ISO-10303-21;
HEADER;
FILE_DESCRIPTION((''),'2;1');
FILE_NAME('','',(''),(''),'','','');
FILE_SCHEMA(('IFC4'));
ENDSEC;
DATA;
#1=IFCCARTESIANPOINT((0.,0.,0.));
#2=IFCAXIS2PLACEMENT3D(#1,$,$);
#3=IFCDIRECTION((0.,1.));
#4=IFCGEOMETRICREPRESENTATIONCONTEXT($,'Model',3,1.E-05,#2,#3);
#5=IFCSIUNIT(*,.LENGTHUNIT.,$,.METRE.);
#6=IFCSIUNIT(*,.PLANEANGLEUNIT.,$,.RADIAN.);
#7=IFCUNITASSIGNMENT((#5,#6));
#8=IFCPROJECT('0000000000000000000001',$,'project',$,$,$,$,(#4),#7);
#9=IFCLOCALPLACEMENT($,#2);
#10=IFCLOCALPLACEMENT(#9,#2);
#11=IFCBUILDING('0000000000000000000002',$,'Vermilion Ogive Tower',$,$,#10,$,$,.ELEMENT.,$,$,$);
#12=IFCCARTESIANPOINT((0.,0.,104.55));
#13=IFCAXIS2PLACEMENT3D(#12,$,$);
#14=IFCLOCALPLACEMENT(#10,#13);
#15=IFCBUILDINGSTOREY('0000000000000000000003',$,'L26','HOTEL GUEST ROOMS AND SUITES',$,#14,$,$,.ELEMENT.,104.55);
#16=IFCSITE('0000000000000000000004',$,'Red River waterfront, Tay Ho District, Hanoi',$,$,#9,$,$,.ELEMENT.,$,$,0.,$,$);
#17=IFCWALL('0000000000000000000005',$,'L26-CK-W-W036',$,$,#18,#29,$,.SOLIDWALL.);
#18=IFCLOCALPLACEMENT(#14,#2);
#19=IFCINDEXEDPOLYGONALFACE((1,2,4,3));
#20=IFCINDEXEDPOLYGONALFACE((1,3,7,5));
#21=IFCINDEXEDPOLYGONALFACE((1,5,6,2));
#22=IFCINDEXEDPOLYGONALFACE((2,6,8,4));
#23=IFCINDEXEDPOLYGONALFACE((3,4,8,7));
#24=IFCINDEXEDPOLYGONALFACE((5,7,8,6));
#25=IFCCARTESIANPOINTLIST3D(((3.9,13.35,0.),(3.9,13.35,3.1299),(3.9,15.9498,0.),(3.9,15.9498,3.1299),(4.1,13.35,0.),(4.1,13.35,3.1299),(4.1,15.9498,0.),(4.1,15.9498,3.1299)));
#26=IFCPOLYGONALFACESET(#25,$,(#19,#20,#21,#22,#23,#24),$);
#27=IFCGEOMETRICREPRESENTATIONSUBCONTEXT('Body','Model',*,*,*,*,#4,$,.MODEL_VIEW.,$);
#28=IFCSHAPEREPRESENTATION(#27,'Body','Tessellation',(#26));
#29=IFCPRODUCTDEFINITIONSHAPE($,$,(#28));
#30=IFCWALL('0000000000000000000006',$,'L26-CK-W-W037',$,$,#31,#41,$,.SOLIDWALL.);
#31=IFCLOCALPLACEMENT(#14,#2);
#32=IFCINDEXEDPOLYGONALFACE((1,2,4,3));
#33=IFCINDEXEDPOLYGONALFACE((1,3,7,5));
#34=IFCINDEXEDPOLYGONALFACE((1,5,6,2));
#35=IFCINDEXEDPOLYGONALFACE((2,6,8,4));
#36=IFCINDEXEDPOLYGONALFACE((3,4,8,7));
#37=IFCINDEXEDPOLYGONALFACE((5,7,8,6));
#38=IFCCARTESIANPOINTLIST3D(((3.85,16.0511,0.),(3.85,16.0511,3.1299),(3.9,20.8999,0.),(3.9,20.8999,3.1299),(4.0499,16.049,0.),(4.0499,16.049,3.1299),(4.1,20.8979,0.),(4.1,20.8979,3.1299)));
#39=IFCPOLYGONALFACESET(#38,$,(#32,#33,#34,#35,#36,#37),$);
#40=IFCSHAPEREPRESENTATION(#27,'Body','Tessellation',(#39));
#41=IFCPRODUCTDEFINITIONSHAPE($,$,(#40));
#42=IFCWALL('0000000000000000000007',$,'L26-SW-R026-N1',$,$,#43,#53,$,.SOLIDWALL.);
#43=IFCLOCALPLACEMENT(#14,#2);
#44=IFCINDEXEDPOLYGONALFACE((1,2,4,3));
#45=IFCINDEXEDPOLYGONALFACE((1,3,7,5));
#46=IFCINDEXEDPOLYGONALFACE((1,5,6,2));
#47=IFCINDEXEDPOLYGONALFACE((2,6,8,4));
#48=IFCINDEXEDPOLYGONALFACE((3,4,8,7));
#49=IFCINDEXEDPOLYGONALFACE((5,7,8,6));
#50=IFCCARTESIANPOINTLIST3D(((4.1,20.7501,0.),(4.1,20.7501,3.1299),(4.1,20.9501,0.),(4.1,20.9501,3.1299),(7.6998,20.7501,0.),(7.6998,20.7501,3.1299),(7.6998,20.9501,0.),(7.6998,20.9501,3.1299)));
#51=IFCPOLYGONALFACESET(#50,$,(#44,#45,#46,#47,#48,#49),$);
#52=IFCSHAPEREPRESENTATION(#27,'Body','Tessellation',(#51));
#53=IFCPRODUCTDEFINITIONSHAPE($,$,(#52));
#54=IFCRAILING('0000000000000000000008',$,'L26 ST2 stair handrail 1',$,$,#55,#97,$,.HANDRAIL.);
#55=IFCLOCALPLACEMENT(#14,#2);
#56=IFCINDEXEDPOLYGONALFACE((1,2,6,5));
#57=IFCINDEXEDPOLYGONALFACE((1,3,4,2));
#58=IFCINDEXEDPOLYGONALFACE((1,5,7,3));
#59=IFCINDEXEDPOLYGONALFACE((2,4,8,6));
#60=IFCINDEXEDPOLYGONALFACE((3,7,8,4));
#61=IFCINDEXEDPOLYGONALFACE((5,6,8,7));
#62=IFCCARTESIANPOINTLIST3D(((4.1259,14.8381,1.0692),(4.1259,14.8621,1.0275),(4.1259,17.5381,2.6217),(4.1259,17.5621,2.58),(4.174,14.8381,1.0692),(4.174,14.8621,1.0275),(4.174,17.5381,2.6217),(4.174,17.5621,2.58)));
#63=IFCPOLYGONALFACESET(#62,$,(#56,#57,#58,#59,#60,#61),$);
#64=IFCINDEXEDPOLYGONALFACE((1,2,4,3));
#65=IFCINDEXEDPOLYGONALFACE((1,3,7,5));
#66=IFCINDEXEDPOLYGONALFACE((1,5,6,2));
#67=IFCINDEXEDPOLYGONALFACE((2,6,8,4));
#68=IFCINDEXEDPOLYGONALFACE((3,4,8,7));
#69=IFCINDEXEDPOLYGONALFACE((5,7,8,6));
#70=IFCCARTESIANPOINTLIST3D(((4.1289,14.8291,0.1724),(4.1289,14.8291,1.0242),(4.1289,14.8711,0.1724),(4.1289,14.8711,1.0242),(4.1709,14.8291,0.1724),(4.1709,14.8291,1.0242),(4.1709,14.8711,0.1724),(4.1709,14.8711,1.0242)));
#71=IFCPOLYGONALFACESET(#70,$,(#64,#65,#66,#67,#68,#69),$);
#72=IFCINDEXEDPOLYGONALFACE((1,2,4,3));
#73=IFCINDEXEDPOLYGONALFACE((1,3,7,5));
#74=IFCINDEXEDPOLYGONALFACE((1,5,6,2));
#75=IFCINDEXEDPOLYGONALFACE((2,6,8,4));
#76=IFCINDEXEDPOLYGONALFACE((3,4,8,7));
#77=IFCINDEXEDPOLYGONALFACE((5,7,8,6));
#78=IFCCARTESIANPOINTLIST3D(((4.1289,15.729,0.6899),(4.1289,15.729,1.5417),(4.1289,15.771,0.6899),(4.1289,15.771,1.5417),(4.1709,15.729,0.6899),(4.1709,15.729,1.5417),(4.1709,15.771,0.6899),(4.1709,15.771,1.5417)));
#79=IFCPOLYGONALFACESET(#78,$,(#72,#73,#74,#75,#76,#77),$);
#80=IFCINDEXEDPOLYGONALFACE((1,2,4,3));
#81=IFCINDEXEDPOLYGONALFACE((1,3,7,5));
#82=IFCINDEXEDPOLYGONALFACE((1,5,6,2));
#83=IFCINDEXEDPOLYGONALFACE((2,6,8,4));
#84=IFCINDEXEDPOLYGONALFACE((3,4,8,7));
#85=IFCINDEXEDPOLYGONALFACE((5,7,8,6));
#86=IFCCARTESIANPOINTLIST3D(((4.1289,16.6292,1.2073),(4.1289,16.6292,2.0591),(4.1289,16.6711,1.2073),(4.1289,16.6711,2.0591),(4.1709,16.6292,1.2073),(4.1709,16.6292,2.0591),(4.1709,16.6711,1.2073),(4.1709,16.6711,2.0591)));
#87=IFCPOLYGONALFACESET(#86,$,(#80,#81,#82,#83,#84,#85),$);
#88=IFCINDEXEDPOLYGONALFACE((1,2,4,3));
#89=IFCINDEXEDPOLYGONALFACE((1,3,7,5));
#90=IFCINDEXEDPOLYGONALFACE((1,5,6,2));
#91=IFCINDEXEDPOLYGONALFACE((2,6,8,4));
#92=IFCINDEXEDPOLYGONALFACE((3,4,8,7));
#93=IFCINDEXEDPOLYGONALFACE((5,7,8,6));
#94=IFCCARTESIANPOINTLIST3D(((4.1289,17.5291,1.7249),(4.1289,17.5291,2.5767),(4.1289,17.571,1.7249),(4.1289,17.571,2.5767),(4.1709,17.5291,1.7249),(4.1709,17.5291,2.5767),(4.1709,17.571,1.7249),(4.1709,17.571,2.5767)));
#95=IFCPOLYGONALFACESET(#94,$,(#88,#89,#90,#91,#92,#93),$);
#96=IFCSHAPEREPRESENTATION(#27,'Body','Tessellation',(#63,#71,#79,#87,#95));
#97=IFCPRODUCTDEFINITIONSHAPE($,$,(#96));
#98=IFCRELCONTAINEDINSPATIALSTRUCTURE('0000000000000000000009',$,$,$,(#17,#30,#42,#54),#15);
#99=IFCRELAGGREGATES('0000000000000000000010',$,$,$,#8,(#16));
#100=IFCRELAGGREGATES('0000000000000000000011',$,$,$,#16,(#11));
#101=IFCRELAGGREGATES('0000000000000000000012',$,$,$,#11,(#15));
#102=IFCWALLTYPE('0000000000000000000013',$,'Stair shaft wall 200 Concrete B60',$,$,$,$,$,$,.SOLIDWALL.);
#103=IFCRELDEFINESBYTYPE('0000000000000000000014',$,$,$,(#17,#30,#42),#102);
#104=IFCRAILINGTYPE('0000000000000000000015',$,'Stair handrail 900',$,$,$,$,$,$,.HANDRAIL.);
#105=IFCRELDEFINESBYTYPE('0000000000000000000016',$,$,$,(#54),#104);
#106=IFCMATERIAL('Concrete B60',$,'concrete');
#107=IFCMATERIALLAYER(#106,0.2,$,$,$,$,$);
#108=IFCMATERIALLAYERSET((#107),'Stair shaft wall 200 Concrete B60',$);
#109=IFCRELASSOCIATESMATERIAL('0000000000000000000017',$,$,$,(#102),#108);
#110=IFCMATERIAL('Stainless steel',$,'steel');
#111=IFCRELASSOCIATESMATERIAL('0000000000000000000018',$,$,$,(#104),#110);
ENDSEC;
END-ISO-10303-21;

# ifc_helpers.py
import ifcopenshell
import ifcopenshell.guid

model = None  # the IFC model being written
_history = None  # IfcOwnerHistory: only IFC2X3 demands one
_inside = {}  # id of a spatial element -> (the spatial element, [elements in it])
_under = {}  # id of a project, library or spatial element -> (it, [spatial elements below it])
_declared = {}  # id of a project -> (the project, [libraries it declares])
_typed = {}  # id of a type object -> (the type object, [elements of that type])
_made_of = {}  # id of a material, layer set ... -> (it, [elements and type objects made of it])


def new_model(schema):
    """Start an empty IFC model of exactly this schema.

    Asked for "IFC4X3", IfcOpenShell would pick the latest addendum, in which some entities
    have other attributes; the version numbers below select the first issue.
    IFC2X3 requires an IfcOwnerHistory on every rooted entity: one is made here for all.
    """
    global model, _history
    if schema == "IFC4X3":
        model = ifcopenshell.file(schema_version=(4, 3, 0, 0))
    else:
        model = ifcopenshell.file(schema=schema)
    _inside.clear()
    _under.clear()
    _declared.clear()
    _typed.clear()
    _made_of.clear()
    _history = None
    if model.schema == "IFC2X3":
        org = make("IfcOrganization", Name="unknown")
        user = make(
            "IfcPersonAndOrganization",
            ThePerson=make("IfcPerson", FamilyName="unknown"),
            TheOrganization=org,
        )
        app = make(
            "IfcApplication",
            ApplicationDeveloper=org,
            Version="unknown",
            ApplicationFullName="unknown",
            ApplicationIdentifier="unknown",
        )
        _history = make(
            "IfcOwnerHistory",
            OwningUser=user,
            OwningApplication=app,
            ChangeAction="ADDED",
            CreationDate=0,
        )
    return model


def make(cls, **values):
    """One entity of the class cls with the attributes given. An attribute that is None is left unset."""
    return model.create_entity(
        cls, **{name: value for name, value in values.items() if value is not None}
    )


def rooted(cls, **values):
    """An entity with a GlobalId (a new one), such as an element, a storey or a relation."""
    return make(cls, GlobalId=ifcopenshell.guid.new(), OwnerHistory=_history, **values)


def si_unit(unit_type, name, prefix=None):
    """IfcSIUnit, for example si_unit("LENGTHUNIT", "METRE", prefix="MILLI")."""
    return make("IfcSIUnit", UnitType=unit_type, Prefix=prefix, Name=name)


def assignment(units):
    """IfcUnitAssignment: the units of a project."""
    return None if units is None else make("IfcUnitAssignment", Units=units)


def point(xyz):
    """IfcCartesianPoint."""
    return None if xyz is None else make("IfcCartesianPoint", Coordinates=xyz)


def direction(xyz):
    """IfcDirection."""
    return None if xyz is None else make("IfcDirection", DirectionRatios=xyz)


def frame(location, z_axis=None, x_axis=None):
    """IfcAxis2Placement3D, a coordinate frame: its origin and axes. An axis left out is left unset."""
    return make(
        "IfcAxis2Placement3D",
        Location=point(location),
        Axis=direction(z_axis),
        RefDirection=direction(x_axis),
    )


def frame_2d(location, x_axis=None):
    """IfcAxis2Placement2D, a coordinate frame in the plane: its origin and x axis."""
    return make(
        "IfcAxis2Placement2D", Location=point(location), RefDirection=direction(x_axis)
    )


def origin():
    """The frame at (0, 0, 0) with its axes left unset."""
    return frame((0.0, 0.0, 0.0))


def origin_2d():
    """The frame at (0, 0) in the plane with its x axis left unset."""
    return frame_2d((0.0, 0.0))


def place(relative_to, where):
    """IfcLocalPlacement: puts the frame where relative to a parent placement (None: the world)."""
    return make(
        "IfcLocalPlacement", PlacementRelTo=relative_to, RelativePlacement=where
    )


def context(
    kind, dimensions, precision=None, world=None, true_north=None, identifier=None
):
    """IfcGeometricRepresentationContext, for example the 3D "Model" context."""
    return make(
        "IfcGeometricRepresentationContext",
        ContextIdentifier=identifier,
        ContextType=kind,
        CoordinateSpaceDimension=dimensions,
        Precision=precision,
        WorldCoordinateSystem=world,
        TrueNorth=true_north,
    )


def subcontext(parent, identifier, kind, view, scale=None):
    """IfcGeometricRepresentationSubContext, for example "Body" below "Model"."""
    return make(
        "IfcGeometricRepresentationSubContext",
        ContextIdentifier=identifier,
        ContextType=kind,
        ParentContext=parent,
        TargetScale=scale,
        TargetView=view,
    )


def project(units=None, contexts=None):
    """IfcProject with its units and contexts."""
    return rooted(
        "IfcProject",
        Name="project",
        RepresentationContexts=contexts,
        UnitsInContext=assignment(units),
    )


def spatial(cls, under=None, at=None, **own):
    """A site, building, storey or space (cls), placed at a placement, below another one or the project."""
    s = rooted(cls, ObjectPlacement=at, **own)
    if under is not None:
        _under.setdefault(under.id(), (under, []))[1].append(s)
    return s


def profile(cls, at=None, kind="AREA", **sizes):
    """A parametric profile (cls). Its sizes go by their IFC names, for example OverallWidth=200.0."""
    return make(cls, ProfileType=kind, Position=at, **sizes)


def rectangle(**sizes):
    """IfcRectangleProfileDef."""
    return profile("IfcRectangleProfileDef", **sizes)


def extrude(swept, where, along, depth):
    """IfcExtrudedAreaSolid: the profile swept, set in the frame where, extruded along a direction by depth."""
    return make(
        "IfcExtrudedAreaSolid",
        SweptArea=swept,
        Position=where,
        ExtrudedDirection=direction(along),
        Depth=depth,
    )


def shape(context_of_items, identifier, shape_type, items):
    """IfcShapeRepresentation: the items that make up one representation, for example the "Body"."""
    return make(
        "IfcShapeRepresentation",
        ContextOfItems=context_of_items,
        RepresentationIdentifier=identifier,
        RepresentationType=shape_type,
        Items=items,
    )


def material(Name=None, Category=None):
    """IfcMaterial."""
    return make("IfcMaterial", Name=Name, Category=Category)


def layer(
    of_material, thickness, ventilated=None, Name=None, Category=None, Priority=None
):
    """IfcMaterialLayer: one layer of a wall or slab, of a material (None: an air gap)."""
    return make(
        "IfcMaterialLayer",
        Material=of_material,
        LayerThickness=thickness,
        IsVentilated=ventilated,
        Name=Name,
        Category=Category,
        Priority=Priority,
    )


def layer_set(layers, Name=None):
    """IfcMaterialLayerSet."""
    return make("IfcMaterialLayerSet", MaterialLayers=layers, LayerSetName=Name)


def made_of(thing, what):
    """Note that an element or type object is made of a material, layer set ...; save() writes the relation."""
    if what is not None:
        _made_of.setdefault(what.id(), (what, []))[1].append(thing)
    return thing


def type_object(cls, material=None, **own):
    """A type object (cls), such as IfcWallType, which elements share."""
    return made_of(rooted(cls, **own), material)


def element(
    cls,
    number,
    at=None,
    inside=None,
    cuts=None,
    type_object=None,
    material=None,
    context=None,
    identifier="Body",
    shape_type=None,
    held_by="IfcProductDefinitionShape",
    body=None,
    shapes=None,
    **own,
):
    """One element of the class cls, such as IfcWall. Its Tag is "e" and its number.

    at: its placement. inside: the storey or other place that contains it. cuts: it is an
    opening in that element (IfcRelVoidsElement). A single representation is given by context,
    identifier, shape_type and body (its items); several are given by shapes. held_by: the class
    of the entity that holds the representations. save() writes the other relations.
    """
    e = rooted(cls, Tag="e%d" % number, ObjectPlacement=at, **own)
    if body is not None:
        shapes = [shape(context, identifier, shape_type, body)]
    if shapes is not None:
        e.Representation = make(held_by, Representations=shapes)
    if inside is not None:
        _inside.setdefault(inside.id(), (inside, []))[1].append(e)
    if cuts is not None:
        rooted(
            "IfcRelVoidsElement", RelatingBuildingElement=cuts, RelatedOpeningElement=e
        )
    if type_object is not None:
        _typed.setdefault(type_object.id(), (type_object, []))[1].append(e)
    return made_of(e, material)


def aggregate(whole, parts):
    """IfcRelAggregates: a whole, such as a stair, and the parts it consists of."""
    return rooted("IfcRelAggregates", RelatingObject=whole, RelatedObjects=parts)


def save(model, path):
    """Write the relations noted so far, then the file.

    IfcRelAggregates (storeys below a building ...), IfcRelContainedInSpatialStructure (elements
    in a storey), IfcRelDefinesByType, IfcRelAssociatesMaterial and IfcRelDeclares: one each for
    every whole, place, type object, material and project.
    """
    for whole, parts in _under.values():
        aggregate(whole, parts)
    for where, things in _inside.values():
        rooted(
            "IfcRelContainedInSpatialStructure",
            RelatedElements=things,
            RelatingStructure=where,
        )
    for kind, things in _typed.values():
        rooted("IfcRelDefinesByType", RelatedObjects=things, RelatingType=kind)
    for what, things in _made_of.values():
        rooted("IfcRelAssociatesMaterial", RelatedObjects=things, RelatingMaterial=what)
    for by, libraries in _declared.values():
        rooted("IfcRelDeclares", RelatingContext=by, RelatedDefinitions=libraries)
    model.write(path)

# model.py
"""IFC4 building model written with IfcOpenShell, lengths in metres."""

from ifc_helpers import new_model, si_unit, direction, frame, frame_2d, origin, origin_2d, place, context, subcontext, project, spatial, rectangle, extrude, material, layer, layer_set, type_object, element, save


model = new_model("IFC4")

# Units and contexts
model_context = context("Model", 3, precision=1e-05, world=origin(), true_north=direction((0.0, 1.0)))
body_context = subcontext(model_context, "Body", "Model", "MODEL_VIEW")
ifc_project = project(units=[si_unit("LENGTHUNIT", "METRE"), si_unit("PLANEANGLEUNIT", "RADIAN")], contexts=[model_context])

# Site, building, storey
site_placement = place(None, origin())
site = spatial("IfcSite", under=ifc_project, at=site_placement, Name="Red River waterfront, Tay Ho District, Hanoi", CompositionType="ELEMENT", RefElevation=0.0)
building_placement = place(site_placement, origin())
building = spatial("IfcBuilding", under=site, at=building_placement, Name="Vermilion Ogive Tower", CompositionType="ELEMENT")
storey_placement = place(building_placement, frame((0.0, 0.0, 104.55)))
storey = spatial("IfcBuildingStorey", under=building, at=storey_placement, Name="L26", Description="HOTEL GUEST ROOMS AND SUITES", CompositionType="ELEMENT", Elevation=104.55)

# Shared definitions
ifc_material_1 = material(Name="Concrete B60", Category="concrete")
ifc_layer_1 = layer(ifc_material_1, 0.2)
ifc_layer_set_1 = layer_set([ifc_layer_1], Name="Stair shaft wall 200 Concrete B60")
wall_type_1 = type_object("IfcWallType", Name="Stair shaft wall 200 Concrete B60", PredefinedType="SOLIDWALL", material=ifc_layer_set_1)

# Walls
wall_1_placement = place(storey_placement, frame((4.0, 13.3501, 0.0), z_axis=(0.0, 0.0, 1.0), x_axis=(0.0, 1.0, 0.0)))
element("IfcWall", 1, at=wall_1_placement, inside=storey, type_object=wall_type_1, Name="L26-CK-W-W036", PredefinedType="SOLIDWALL", context=body_context, shape_type="SweptSolid", body=[
    extrude(rectangle(XDim=2.5999, YDim=0.2, at=frame_2d((1.2998, 0.0))), origin(), (0.0, 0.0, 1.0), 3.1299),
])
wall_2_placement = place(storey_placement, frame((3.95, 16.05, 0.0), z_axis=(0.0, 0.0, 1.0), x_axis=(0.010321, 0.999947, 0.0)))
element("IfcWall", 2, at=wall_2_placement, inside=storey, type_object=wall_type_1, Name="L26-CK-W-W037", PredefinedType="SOLIDWALL", context=body_context, shape_type="SweptSolid", body=[
    extrude(rectangle(XDim=4.8491, YDim=0.2, at=frame_2d((2.4246, 0.0))), origin(), (0.0, 0.0, 1.0), 3.1299),
])
wall_3_placement = place(storey_placement, frame((4.1001, 20.8501, 0.0), z_axis=(0.0, 0.0, 1.0), x_axis=(1.0, 0.0, 0.0)))
element("IfcWall", 3, at=wall_3_placement, inside=storey, type_object=wall_type_1, Name="L26-SW-R026-N1", PredefinedType="SOLIDWALL", context=body_context, shape_type="SweptSolid", body=[
    extrude(rectangle(XDim=3.5999, YDim=0.2, at=frame_2d((1.7998, 0.0))), origin(), (0.0, 0.0, 1.0), 3.1299),
])

# Railing
ifc_material_2 = material(Name="Stainless steel", Category="steel")
railing_type = type_object("IfcRailingType", Name="Stair handrail 900", PredefinedType="HANDRAIL", material=ifc_material_2)
railing_placement = place(storey_placement, frame((4.1499, 14.8501, 0.1724)))
element("IfcRailing", 4, at=railing_placement, inside=storey, type_object=railing_type, Name="L26 ST2 stair handrail 1", PredefinedType="HANDRAIL", context=body_context, shape_type="SweptSolid", body=[
    extrude(rectangle(XDim=0.0481, YDim=0.0481, at=origin_2d()), frame((0.0, 0.0, 0.876), z_axis=(0.0, 0.866904, 0.498476), x_axis=(-1.0, 0.0, 0.0)), (0.0, 0.0, 1.0), 3.1145),
    extrude(rectangle(XDim=0.042, YDim=0.042, at=origin_2d()), origin(), (0.0, 0.0, 1.0), 0.8518),
    extrude(rectangle(XDim=0.042, YDim=0.042, at=origin_2d()), frame((0.0, 0.8999, 0.5176)), (0.0, 0.0, 1.0), 0.8518),
    extrude(rectangle(XDim=0.042, YDim=0.042, at=origin_2d()), frame((0.0, 1.8, 1.0349)), (0.0, 0.0, 1.0), 0.8518),
    extrude(rectangle(XDim=0.042, YDim=0.042, at=origin_2d()), frame((0.0, 2.7, 1.5525)), (0.0, 0.0, 1.0), 0.8518),
])

save(model, "model.ifc")
